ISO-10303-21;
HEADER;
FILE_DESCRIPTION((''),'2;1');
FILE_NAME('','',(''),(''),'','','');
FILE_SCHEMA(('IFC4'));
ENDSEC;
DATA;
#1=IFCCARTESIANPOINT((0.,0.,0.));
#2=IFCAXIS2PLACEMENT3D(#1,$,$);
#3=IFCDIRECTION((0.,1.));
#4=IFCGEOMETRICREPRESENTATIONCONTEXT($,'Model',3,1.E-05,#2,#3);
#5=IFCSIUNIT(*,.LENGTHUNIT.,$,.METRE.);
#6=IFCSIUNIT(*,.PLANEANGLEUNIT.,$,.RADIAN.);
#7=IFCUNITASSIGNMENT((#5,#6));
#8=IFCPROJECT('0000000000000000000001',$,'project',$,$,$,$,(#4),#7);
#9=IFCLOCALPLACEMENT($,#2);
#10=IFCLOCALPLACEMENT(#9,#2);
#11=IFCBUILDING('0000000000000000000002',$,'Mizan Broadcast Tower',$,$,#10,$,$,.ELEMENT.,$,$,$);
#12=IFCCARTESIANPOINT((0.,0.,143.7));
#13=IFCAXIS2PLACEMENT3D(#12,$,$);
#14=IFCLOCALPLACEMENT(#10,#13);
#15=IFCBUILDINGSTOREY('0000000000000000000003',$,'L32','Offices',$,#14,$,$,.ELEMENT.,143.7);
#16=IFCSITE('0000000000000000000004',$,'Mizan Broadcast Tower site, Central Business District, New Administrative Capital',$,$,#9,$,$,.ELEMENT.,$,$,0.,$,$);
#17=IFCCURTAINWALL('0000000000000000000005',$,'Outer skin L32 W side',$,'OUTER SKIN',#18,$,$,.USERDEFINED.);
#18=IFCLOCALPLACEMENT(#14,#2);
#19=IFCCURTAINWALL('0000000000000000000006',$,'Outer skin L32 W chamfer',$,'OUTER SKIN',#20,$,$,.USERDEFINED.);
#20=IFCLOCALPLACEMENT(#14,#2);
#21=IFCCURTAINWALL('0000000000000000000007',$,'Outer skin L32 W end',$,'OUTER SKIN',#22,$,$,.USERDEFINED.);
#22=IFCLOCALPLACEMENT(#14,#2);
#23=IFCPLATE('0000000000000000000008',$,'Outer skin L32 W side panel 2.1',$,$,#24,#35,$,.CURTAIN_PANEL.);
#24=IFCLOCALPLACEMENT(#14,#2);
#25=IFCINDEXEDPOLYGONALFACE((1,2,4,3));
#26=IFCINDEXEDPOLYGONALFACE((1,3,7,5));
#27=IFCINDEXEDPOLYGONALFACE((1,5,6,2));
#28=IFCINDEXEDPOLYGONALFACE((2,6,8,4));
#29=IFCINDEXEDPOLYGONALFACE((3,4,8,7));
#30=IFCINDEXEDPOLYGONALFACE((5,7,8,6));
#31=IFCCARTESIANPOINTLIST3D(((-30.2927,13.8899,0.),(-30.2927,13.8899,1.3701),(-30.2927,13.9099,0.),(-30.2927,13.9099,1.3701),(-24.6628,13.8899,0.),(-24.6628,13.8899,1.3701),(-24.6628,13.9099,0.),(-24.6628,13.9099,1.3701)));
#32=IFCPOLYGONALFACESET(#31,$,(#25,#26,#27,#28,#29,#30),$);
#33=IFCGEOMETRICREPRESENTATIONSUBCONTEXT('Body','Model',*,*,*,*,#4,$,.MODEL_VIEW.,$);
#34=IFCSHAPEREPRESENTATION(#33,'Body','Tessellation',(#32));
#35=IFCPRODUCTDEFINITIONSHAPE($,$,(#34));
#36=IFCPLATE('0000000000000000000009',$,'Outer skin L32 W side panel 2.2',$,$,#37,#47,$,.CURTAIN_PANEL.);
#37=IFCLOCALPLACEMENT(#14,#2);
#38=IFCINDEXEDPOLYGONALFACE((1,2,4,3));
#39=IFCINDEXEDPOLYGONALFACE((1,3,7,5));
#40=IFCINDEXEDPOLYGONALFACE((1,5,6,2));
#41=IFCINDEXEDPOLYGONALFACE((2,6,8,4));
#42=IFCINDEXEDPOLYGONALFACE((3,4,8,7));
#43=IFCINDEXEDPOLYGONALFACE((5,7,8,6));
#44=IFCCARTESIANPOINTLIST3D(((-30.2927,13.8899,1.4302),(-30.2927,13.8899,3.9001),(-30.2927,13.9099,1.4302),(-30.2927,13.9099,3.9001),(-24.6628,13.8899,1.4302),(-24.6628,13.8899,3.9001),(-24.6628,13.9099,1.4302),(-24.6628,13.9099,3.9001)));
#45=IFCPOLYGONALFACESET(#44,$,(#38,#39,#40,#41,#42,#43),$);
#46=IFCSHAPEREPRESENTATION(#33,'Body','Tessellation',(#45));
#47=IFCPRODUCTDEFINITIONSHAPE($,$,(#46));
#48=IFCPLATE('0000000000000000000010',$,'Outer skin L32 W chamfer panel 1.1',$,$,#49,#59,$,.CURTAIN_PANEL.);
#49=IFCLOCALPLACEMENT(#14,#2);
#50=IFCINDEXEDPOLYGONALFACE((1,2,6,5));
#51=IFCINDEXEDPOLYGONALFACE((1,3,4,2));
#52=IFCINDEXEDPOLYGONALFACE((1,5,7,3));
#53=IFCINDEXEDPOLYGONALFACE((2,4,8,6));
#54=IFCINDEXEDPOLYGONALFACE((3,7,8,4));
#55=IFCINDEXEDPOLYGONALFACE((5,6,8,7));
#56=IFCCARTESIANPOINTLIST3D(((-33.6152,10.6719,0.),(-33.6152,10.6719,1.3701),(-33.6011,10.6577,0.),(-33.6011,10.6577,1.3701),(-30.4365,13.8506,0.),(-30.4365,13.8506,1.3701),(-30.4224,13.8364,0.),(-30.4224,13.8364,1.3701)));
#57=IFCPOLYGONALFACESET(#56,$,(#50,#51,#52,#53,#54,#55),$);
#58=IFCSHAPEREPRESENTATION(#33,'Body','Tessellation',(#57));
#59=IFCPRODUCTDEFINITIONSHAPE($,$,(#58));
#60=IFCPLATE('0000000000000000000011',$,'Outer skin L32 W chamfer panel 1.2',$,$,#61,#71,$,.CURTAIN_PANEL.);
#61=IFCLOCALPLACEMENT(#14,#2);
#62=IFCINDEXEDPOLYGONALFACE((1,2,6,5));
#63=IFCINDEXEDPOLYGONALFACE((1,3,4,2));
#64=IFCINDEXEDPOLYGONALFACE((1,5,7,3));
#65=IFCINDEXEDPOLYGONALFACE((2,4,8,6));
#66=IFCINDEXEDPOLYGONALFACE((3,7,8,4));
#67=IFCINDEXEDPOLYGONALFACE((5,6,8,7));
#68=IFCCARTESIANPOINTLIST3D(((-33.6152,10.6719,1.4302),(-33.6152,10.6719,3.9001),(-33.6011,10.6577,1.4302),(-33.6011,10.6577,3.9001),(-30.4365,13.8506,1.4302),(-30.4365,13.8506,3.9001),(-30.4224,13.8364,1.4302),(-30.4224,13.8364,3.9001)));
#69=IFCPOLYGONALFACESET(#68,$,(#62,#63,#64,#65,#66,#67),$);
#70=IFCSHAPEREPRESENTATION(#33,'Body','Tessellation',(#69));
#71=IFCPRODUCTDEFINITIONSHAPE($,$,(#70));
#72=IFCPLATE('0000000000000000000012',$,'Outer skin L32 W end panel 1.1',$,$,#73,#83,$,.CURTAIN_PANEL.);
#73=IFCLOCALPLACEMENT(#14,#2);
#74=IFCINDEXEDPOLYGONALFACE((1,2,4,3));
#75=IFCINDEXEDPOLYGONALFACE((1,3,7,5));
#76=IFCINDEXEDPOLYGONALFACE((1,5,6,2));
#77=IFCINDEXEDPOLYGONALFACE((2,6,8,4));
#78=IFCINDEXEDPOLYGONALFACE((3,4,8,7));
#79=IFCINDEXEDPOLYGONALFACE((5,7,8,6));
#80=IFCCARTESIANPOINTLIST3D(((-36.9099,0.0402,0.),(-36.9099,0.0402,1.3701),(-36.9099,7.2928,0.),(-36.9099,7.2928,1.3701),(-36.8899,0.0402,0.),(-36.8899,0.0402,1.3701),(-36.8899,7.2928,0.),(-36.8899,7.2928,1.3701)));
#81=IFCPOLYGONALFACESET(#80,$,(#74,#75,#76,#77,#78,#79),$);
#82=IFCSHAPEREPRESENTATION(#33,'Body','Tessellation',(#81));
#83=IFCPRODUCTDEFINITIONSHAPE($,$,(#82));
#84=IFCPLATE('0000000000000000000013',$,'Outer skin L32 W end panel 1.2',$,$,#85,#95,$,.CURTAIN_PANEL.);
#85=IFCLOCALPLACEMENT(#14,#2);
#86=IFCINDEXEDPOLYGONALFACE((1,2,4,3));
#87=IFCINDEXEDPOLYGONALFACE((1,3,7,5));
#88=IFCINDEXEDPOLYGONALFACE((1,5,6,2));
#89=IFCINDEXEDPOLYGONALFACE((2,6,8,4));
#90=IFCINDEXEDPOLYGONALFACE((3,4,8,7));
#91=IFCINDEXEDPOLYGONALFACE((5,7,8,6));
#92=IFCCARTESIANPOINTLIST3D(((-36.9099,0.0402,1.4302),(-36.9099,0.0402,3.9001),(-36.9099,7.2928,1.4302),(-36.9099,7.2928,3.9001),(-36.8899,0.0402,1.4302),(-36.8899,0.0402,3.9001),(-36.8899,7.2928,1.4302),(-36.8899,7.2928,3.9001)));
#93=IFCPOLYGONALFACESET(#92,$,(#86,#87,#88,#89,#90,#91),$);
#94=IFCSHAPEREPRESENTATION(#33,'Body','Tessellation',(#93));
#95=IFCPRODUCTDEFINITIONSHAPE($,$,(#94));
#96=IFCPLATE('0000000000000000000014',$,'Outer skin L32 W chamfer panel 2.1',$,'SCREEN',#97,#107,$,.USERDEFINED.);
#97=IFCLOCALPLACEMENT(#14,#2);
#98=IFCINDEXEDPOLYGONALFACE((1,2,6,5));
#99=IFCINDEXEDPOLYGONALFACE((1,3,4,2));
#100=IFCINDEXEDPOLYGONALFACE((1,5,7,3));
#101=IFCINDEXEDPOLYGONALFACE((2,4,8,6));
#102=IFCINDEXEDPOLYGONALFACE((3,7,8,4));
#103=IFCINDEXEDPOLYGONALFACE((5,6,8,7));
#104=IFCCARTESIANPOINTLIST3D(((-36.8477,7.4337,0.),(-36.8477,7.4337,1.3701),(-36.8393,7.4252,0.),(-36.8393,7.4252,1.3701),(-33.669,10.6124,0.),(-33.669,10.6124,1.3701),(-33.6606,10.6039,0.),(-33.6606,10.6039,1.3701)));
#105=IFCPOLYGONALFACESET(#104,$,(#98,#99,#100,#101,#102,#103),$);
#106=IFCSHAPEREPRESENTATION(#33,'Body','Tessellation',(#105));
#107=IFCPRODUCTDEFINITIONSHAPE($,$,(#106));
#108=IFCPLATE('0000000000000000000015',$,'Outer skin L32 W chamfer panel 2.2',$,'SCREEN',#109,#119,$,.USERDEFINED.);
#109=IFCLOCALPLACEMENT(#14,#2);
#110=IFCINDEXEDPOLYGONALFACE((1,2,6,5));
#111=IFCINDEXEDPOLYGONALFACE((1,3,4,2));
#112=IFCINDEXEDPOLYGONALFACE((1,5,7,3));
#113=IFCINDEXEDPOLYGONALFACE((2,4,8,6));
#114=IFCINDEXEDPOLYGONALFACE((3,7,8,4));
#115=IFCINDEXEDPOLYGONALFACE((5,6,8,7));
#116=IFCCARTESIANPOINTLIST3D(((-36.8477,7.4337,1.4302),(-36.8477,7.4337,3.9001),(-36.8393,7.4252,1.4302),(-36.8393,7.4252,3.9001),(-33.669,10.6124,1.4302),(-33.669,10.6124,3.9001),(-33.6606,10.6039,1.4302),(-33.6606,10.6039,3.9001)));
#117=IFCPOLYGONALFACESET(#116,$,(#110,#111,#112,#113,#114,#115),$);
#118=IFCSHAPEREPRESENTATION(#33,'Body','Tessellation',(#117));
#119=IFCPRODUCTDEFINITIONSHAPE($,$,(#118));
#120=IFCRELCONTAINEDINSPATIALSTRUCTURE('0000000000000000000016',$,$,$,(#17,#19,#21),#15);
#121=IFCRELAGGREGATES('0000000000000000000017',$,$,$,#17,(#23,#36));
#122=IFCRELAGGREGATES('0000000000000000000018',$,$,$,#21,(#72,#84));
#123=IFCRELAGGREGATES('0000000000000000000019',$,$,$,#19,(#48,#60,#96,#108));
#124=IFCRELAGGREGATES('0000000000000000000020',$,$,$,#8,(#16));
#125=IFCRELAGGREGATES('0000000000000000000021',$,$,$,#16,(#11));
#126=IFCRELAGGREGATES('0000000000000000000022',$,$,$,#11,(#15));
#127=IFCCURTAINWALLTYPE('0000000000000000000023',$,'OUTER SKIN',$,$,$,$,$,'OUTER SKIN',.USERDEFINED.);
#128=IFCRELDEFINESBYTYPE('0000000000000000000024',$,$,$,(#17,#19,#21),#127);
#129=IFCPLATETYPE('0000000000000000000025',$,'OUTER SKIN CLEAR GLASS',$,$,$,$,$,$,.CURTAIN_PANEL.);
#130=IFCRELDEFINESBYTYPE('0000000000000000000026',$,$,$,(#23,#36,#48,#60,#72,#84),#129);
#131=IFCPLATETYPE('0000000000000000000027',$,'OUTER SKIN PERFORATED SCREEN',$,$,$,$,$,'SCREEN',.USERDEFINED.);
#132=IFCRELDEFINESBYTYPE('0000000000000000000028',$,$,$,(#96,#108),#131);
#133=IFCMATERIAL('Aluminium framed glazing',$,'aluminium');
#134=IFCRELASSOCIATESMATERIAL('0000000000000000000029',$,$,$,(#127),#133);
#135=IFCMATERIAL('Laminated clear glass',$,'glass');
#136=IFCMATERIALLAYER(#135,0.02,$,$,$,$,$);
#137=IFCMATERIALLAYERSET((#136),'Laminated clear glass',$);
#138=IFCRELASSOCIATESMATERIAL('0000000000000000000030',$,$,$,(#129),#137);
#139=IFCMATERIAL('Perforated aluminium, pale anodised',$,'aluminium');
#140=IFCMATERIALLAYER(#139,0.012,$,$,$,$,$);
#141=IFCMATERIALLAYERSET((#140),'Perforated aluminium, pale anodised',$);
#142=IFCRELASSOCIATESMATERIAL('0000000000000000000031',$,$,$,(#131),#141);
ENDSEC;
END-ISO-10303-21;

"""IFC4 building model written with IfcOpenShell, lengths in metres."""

from ifc_helpers import new_model, si_unit, direction, frame, origin, origin_2d, place, context, subcontext, project, spatial, rectangle, extrude, material, layer, layer_set, type_object, element, aggregate, save


model = new_model("IFC4")

# Units and contexts
model_context = context("Model", 3, precision=1e-05, world=origin(), true_north=direction((0.0, 1.0)))
body_context = subcontext(model_context, "Body", "Model", "MODEL_VIEW")
ifc_project = project(units=[si_unit("LENGTHUNIT", "METRE"), si_unit("PLANEANGLEUNIT", "RADIAN")], contexts=[model_context])

# Site, building, storey
site_placement = place(None, origin())
site = spatial("IfcSite", under=ifc_project, at=site_placement, Name="Mizan Broadcast Tower site, Central Business District, New Administrative Capital", CompositionType="ELEMENT", RefElevation=0.0)
building_placement = place(site_placement, origin())
building = spatial("IfcBuilding", under=site, at=building_placement, Name="Mizan Broadcast Tower", CompositionType="ELEMENT")
storey_placement = place(building_placement, frame((0.0, 0.0, 143.7)))
storey = spatial("IfcBuildingStorey", under=building, at=storey_placement, Name="L32", Description="Offices", CompositionType="ELEMENT", Elevation=143.7)

# Curtain wall
ifc_material_1 = material(Name="Aluminium framed glazing", Category="aluminium")
curtain_wall_type_1 = type_object("IfcCurtainWallType", Name="OUTER SKIN", ElementType="OUTER SKIN", PredefinedType="USERDEFINED", material=ifc_material_1)
curtain_wall_1_placement = place(storey_placement, origin())
curtain_wall_1 = element("IfcCurtainWall", 1, at=curtain_wall_1_placement, inside=storey, type_object=curtain_wall_type_1, Name="Outer skin L32 W side", ObjectType="OUTER SKIN", PredefinedType="USERDEFINED")

# Curtain wall
curtain_wall_2_placement = place(storey_placement, origin())
curtain_wall_2 = element("IfcCurtainWall", 2, at=curtain_wall_2_placement, inside=storey, type_object=curtain_wall_type_1, Name="Outer skin L32 W chamfer", ObjectType="OUTER SKIN", PredefinedType="USERDEFINED")

# Curtain wall
curtain_wall_3_placement = place(storey_placement, origin())
curtain_wall_3 = element("IfcCurtainWall", 3, at=curtain_wall_3_placement, inside=storey, type_object=curtain_wall_type_1, Name="Outer skin L32 W end", ObjectType="OUTER SKIN", PredefinedType="USERDEFINED")

# Plates
ifc_material_2 = material(Name="Laminated clear glass", Category="glass")
ifc_layer_1 = layer(ifc_material_2, 0.02)
ifc_layer_set_1 = layer_set([ifc_layer_1], Name="Laminated clear glass")
plate_type_1 = type_object("IfcPlateType", Name="OUTER SKIN CLEAR GLASS", PredefinedType="CURTAIN_PANEL", material=ifc_layer_set_1)
plate_1_placement = place(storey_placement, frame((-27.4778, 13.8999, 0.0), z_axis=(0.0, 0.0, 1.0), x_axis=(-1.0, 0.0, 0.0)))
plate_1 = element("IfcPlate", 4, at=plate_1_placement, type_object=plate_type_1, Name="Outer skin L32 W side panel 2.1", PredefinedType="CURTAIN_PANEL", context=body_context, shape_type="SweptSolid", body=[
    extrude(rectangle(XDim=5.6299, YDim=0.02, at=origin_2d()), origin(), (0.0, 0.0, 1.0), 1.3701),
])
plate_2_placement = place(storey_placement, frame((-27.4778, 13.8999, 1.4302), z_axis=(0.0, 0.0, 1.0), x_axis=(-1.0, 0.0, 0.0)))
plate_2 = element("IfcPlate", 5, at=plate_2_placement, type_object=plate_type_1, Name="Outer skin L32 W side panel 2.2", PredefinedType="CURTAIN_PANEL", context=body_context, shape_type="SweptSolid", body=[
    extrude(rectangle(XDim=5.6299, YDim=0.02, at=origin_2d()), origin(), (0.0, 0.0, 1.0), 2.47),
])
aggregate(curtain_wall_1, [plate_1, plate_2])
plate_3_placement = place(storey_placement, frame((-32.0188, 12.2542, 0.0), z_axis=(0.0, 0.0, 1.0), x_axis=(-0.707107, -0.707107, 0.0)))
plate_3 = element("IfcPlate", 6, at=plate_3_placement, type_object=plate_type_1, Name="Outer skin L32 W chamfer panel 1.1", PredefinedType="CURTAIN_PANEL", context=body_context, shape_type="SweptSolid", body=[
    extrude(rectangle(XDim=4.4954, YDim=0.02, at=origin_2d()), origin(), (0.0, 0.0, 1.0), 1.3701),
])
plate_4_placement = place(storey_placement, frame((-32.0188, 12.2542, 1.4302), z_axis=(0.0, 0.0, 1.0), x_axis=(-0.707107, -0.707107, 0.0)))
plate_4 = element("IfcPlate", 7, at=plate_4_placement, type_object=plate_type_1, Name="Outer skin L32 W chamfer panel 1.2", PredefinedType="CURTAIN_PANEL", context=body_context, shape_type="SweptSolid", body=[
    extrude(rectangle(XDim=4.4954, YDim=0.02, at=origin_2d()), origin(), (0.0, 0.0, 1.0), 2.47),
])
plate_5_placement = place(storey_placement, frame((-36.8999, 3.6665, 0.0), z_axis=(0.0, 0.0, 1.0), x_axis=(0.0, -1.0, 0.0)))
plate_5 = element("IfcPlate", 8, at=plate_5_placement, type_object=plate_type_1, Name="Outer skin L32 W end panel 1.1", PredefinedType="CURTAIN_PANEL", context=body_context, shape_type="SweptSolid", body=[
    extrude(rectangle(XDim=7.2527, YDim=0.02, at=origin_2d()), origin(), (0.0, 0.0, 1.0), 1.3701),
])
plate_6_placement = place(storey_placement, frame((-36.8999, 3.6665, 1.4302), z_axis=(0.0, 0.0, 1.0), x_axis=(0.0, -1.0, 0.0)))
plate_6 = element("IfcPlate", 9, at=plate_6_placement, type_object=plate_type_1, Name="Outer skin L32 W end panel 1.2", PredefinedType="CURTAIN_PANEL", context=body_context, shape_type="SweptSolid", body=[
    extrude(rectangle(XDim=7.2527, YDim=0.02, at=origin_2d()), origin(), (0.0, 0.0, 1.0), 2.47),
])
aggregate(curtain_wall_3, [plate_5, plate_6])
ifc_material_3 = material(Name="Perforated aluminium, pale anodised", Category="aluminium")
ifc_layer_2 = layer(ifc_material_3, 0.012)
ifc_layer_set_2 = layer_set([ifc_layer_2], Name="Perforated aluminium, pale anodised")
plate_type_2 = type_object("IfcPlateType", Name="OUTER SKIN PERFORATED SCREEN", ElementType="SCREEN", PredefinedType="USERDEFINED", material=ifc_layer_set_2)
plate_7_placement = place(storey_placement, frame((-35.2542, 9.0188, 0.0), z_axis=(0.0, 0.0, 1.0), x_axis=(-0.707107, -0.707107, 0.0)))
plate_7 = element("IfcPlate", 10, at=plate_7_placement, type_object=plate_type_2, Name="Outer skin L32 W chamfer panel 2.1", ObjectType="SCREEN", PredefinedType="USERDEFINED", context=body_context, shape_type="SweptSolid", body=[
    extrude(rectangle(XDim=4.4954, YDim=0.012, at=origin_2d()), origin(), (0.0, 0.0, 1.0), 1.3701),
])
plate_8_placement = place(storey_placement, frame((-35.2542, 9.0188, 1.4302), z_axis=(0.0, 0.0, 1.0), x_axis=(-0.707107, -0.707107, 0.0)))
plate_8 = element("IfcPlate", 11, at=plate_8_placement, type_object=plate_type_2, Name="Outer skin L32 W chamfer panel 2.2", ObjectType="SCREEN", PredefinedType="USERDEFINED", context=body_context, shape_type="SweptSolid", body=[
    extrude(rectangle(XDim=4.4954, YDim=0.012, at=origin_2d()), origin(), (0.0, 0.0, 1.0), 2.47),
])
aggregate(curtain_wall_2, [plate_3, plate_4, plate_7, plate_8])

save(model, "model.ifc")
